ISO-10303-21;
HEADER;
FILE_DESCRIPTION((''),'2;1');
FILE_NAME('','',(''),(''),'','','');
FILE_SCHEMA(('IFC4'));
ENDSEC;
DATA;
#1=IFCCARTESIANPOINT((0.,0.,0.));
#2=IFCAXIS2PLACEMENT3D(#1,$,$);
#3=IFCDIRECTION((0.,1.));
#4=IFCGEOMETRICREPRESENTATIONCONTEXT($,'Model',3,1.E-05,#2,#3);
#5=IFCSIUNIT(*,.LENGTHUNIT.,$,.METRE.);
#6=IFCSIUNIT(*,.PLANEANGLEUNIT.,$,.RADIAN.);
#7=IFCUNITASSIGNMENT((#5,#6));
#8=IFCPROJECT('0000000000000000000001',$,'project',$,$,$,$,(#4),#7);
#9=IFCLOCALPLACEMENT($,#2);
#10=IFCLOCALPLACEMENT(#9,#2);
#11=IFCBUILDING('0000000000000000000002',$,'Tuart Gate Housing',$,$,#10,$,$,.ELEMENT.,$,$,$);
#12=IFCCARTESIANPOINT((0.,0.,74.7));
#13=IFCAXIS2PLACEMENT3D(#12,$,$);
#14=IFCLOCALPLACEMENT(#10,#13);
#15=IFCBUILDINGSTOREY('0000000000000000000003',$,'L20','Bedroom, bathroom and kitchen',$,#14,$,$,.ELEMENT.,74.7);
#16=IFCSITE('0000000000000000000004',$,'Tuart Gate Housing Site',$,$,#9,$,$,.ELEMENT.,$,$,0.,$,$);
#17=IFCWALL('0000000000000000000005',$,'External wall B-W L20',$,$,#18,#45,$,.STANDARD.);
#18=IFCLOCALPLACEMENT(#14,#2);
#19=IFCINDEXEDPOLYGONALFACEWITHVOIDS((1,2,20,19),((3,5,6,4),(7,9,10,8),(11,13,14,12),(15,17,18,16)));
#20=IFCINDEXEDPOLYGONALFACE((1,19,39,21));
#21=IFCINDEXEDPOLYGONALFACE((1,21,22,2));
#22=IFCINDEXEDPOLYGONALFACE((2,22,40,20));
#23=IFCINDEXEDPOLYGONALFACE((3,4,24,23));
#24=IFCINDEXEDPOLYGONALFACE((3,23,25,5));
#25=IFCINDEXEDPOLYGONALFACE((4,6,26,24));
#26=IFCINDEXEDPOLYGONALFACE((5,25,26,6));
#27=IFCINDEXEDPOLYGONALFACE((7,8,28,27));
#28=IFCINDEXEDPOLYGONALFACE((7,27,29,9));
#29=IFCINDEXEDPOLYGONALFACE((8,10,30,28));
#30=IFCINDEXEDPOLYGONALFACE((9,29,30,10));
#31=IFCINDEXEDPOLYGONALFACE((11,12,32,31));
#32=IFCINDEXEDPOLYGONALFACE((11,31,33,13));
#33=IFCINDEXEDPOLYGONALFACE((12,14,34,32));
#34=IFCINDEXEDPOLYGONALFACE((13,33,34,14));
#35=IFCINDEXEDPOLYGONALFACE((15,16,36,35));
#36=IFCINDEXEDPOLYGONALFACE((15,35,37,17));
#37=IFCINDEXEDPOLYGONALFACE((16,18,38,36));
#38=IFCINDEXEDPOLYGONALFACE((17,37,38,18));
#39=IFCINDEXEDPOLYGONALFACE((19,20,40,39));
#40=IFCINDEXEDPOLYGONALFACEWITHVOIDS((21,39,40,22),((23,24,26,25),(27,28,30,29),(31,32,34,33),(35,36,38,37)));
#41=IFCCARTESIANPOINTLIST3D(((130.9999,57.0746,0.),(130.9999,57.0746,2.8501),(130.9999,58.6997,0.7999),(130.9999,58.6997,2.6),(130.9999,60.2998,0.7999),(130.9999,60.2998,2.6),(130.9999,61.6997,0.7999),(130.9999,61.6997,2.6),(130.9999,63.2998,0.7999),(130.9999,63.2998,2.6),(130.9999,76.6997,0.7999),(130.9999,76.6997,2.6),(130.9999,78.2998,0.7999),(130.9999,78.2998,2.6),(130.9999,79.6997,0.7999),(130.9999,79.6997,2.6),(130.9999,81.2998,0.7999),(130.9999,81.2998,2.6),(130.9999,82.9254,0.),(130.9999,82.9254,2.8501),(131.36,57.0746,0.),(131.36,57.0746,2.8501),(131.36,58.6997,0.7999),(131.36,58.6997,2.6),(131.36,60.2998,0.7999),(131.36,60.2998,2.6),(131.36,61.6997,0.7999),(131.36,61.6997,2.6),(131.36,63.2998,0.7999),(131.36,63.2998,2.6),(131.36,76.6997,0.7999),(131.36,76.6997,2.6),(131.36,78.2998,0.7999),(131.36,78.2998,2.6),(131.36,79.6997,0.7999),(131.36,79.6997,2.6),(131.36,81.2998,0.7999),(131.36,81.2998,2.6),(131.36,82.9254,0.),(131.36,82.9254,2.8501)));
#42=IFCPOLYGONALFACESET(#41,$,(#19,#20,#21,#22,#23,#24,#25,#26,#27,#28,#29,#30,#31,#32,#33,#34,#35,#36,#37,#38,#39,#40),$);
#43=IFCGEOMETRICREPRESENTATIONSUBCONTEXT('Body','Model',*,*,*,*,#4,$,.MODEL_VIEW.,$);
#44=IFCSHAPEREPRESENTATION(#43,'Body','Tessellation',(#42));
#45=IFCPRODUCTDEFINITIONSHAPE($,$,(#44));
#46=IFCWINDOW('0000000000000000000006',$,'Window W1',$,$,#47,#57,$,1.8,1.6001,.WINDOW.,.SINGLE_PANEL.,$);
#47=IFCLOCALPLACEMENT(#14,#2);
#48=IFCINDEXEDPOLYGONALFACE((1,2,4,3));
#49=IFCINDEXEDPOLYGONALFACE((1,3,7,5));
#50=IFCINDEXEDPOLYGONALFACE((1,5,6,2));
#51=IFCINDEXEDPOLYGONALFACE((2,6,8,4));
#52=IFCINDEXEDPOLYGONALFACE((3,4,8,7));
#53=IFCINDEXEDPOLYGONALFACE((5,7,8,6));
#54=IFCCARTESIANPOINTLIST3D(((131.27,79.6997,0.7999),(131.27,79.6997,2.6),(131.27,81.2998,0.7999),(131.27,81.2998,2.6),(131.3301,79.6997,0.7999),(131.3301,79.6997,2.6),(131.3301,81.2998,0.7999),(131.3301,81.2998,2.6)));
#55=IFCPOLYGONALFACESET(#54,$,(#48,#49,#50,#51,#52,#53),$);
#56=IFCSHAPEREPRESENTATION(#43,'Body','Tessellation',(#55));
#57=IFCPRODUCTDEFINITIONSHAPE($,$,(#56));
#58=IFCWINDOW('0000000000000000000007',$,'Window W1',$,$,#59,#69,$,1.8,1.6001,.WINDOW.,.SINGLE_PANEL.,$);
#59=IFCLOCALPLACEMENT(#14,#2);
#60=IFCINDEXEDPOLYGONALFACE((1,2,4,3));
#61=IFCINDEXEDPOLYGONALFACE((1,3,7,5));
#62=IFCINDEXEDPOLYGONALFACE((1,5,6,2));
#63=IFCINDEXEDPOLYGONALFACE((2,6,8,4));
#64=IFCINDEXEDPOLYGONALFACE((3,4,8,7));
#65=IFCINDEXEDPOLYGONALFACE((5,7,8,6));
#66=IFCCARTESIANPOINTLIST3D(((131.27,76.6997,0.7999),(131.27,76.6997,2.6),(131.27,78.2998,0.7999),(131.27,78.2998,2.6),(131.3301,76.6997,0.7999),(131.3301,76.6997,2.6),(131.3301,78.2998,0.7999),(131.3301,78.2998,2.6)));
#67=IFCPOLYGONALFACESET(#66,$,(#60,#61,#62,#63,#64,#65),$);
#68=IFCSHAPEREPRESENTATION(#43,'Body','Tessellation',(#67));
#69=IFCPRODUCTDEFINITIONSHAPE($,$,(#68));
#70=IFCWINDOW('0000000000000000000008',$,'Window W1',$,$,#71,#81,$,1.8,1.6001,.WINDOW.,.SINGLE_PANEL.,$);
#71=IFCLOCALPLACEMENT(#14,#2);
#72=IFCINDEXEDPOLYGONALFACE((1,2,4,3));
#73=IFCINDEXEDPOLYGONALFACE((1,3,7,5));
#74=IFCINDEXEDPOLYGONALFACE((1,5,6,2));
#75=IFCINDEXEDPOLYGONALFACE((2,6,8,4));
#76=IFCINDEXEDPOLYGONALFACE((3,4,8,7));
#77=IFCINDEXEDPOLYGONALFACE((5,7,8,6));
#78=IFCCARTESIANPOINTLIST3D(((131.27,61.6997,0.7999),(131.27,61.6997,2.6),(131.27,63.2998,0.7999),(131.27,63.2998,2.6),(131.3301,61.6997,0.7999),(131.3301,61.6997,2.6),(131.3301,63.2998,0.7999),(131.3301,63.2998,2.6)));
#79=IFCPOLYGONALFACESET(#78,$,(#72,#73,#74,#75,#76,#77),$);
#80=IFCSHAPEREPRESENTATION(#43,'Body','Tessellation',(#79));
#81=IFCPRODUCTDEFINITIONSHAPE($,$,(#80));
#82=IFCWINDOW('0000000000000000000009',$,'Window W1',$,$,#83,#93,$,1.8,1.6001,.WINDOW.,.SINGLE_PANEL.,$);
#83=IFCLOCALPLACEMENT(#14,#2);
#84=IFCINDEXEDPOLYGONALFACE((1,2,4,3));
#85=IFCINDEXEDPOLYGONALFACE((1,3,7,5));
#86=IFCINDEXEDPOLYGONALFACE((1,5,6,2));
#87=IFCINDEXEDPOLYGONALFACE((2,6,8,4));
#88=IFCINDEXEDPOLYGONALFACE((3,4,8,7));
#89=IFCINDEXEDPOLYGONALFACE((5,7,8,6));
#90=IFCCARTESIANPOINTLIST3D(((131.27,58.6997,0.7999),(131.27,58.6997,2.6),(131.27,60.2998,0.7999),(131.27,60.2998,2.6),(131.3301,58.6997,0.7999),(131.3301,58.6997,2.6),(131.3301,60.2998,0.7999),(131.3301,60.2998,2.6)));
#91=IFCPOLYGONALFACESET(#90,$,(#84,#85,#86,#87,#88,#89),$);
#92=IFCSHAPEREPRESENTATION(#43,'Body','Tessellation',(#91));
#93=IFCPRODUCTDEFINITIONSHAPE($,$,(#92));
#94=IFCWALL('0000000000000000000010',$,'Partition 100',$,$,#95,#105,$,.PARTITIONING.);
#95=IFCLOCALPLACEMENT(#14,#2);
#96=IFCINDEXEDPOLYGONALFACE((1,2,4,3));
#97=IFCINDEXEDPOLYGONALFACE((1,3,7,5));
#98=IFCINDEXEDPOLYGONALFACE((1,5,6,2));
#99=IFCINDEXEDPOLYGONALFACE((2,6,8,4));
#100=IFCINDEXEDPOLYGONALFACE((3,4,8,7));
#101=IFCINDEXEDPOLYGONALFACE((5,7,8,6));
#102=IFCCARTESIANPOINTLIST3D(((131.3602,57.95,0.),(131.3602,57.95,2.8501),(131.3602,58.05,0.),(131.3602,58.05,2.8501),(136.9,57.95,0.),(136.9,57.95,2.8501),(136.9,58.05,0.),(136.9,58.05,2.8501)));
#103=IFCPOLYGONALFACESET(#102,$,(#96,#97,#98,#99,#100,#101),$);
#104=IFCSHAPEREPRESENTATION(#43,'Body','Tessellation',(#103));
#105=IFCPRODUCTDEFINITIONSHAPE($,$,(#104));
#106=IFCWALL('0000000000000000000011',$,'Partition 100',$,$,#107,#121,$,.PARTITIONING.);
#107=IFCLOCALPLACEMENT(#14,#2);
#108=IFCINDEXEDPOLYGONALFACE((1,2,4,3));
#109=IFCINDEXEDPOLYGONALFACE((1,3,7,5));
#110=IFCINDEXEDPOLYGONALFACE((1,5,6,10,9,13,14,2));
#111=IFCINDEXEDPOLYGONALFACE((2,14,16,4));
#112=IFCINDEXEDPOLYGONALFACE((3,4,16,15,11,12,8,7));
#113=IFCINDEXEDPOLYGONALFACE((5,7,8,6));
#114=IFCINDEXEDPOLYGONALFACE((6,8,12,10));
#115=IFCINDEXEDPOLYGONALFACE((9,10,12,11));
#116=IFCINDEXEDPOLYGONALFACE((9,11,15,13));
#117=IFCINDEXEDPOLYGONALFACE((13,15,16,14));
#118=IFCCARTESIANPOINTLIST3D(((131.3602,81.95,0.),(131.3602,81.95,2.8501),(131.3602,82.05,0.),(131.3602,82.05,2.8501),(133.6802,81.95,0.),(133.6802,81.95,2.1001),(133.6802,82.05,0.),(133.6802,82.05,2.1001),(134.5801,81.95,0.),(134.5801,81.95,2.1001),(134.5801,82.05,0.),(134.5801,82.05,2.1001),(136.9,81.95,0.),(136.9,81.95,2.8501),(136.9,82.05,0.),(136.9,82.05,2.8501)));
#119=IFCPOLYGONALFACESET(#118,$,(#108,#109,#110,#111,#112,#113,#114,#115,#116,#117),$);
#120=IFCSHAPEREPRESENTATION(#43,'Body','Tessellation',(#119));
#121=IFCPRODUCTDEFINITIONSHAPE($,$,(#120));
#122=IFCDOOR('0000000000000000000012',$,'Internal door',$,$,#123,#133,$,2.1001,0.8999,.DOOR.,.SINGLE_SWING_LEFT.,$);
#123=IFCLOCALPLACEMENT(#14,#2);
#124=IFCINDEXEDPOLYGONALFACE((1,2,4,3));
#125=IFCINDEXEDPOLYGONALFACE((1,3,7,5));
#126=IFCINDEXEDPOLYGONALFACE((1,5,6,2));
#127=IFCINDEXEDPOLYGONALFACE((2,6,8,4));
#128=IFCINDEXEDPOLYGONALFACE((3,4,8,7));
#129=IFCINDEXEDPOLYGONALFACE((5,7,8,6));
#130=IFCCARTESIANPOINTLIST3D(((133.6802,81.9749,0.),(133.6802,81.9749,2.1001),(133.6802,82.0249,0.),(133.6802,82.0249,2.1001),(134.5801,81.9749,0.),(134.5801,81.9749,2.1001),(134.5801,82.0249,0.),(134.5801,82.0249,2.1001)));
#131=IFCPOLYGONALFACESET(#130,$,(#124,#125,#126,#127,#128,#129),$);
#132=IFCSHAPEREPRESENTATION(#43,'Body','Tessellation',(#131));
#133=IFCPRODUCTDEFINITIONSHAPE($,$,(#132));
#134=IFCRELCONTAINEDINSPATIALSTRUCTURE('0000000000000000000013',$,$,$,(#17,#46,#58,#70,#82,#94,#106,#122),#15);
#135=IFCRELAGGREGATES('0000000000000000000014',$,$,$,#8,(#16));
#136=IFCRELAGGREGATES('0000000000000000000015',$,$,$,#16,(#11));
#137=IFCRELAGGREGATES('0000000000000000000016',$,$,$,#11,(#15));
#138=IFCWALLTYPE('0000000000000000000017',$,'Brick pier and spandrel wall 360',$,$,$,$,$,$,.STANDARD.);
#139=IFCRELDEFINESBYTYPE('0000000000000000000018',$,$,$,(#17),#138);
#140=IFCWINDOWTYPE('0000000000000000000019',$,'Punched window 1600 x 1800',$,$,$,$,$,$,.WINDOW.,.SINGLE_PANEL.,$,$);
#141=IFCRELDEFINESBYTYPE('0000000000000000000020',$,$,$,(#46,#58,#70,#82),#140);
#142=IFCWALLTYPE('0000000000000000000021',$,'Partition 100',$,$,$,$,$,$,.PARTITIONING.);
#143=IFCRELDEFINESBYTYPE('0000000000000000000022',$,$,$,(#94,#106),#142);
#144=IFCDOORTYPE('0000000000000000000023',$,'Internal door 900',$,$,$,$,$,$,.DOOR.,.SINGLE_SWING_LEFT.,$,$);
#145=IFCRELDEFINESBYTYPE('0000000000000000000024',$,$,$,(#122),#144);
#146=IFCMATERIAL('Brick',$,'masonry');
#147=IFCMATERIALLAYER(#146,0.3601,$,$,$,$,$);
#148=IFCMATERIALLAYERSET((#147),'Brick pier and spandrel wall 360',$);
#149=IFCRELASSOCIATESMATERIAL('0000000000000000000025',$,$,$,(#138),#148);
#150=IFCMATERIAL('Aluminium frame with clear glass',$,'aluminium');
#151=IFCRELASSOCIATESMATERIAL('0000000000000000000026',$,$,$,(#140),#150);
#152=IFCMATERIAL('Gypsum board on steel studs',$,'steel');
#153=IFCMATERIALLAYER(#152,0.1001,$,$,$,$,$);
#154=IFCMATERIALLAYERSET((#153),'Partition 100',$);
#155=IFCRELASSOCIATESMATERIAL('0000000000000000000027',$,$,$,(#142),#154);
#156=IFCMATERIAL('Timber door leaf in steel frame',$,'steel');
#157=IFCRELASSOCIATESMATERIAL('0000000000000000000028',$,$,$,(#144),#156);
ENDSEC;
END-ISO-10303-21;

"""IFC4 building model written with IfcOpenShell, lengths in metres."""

from ifc_helpers import new_model, si_unit, direction, frame, frame_2d, origin, place, context, subcontext, project, spatial, rectangle, extrude, material, layer, layer_set, type_object, element, fill, save


model = new_model("IFC4")

# Units and contexts
model_context = context("Model", 3, precision=1e-05, world=origin(), true_north=direction((0.0, 1.0)))
body_context = subcontext(model_context, "Body", "Model", "MODEL_VIEW")
ifc_project = project(units=[si_unit("LENGTHUNIT", "METRE"), si_unit("PLANEANGLEUNIT", "RADIAN")], contexts=[model_context])

# Site, building, storey
site_placement = place(None, origin())
site = spatial("IfcSite", under=ifc_project, at=site_placement, Name="Tuart Gate Housing Site", CompositionType="ELEMENT", RefElevation=0.0)
building_placement = place(site_placement, origin())
building = spatial("IfcBuilding", under=site, at=building_placement, Name="Tuart Gate Housing", CompositionType="ELEMENT")
storey_placement = place(building_placement, frame((0.0, 0.0, 74.7)))
storey = spatial("IfcBuildingStorey", under=building, at=storey_placement, Name="L20", Description="Bedroom, bathroom and kitchen", CompositionType="ELEMENT", Elevation=74.7)

# Shared definitions
ifc_material_1 = material(Name="Brick", Category="masonry")
ifc_layer_1 = layer(ifc_material_1, 0.3601)
ifc_layer_set_1 = layer_set([ifc_layer_1], Name="Brick pier and spandrel wall 360")
wall_type_1 = type_object("IfcWallType", Name="Brick pier and spandrel wall 360", PredefinedType="STANDARD", material=ifc_layer_set_1)
ifc_material_2 = material(Name="Aluminium frame with clear glass", Category="aluminium")
window_type = type_object("IfcWindowType", Name="Punched window 1600 x 1800", PartitioningType="SINGLE_PANEL", PredefinedType="WINDOW", material=ifc_material_2)

# Wall, openings, windows
wall_1_placement = place(storey_placement, frame((131.1799, 82.9253, 0.0), z_axis=(0.0, 0.0, 1.0), x_axis=(0.0, -1.0, 0.0)))
wall_1 = element("IfcWall", 1, at=wall_1_placement, inside=storey, type_object=wall_type_1, Name="External wall B-W L20", PredefinedType="STANDARD", context=body_context, shape_type="SweptSolid", body=[
    extrude(rectangle(XDim=25.8508, YDim=0.3601, at=frame_2d((12.9253, 0.0))), origin(), (0.0, 0.0, 1.0), 2.8501),
])
opening_1_placement = place(wall_1_placement, frame((1.6255, 0.0, 0.8)))
opening_1 = element("IfcOpeningElement", 2, at=opening_1_placement, cuts=wall_1, PredefinedType="OPENING", context=body_context, shape_type="SweptSolid", body=[
    extrude(rectangle(XDim=1.6001, YDim=1.8, at=frame_2d((0.8, 0.8999))), frame((0.0, 0.1899, 0.0), z_axis=(0.0, -1.0, 0.0), x_axis=(1.0, 0.0, 0.0)), (0.0, 0.0, 1.0), 0.3801),
])
opening_2_placement = place(wall_1_placement, frame((4.6255, 0.0, 0.8)))
opening_2 = element("IfcOpeningElement", 3, at=opening_2_placement, cuts=wall_1, PredefinedType="OPENING", context=body_context, shape_type="SweptSolid", body=[
    extrude(rectangle(XDim=1.6001, YDim=1.8, at=frame_2d((0.8, 0.8999))), frame((0.0, 0.1899, 0.0), z_axis=(0.0, -1.0, 0.0), x_axis=(1.0, 0.0, 0.0)), (0.0, 0.0, 1.0), 0.3801),
])
opening_3_placement = place(wall_1_placement, frame((19.6255, 0.0, 0.8)))
opening_3 = element("IfcOpeningElement", 4, at=opening_3_placement, cuts=wall_1, PredefinedType="OPENING", context=body_context, shape_type="SweptSolid", body=[
    extrude(rectangle(XDim=1.6001, YDim=1.8, at=frame_2d((0.8, 0.8999))), frame((0.0, 0.1899, 0.0), z_axis=(0.0, -1.0, 0.0), x_axis=(1.0, 0.0, 0.0)), (0.0, 0.0, 1.0), 0.3801),
])
opening_4_placement = place(wall_1_placement, frame((22.6255, 0.0, 0.8)))
opening_4 = element("IfcOpeningElement", 5, at=opening_4_placement, cuts=wall_1, PredefinedType="OPENING", context=body_context, shape_type="SweptSolid", body=[
    extrude(rectangle(XDim=1.6001, YDim=1.8, at=frame_2d((0.8, 0.8999))), frame((0.0, 0.1899, 0.0), z_axis=(0.0, -1.0, 0.0), x_axis=(1.0, 0.0, 0.0)), (0.0, 0.0, 1.0), 0.3801),
])
window_1_placement = place(opening_1_placement, origin())
window_1 = element("IfcWindow", 6, at=window_1_placement, inside=storey, type_object=window_type, Name="Window W1", OverallHeight=1.8, OverallWidth=1.6001, PartitioningType="SINGLE_PANEL", PredefinedType="WINDOW", context=body_context, shape_type="SweptSolid", body=[
    extrude(rectangle(XDim=1.6001, YDim=1.8, at=frame_2d((0.8, 0.8999))), frame((0.0, 0.1501, 0.0), z_axis=(0.0, -1.0, 0.0), x_axis=(1.0, 0.0, 0.0)), (0.0, 0.0, 1.0), 0.0601),
])
fill(opening_1, window_1)
window_2_placement = place(opening_2_placement, origin())
window_2 = element("IfcWindow", 7, at=window_2_placement, inside=storey, type_object=window_type, Name="Window W1", OverallHeight=1.8, OverallWidth=1.6001, PartitioningType="SINGLE_PANEL", PredefinedType="WINDOW", context=body_context, shape_type="SweptSolid", body=[
    extrude(rectangle(XDim=1.6001, YDim=1.8, at=frame_2d((0.8, 0.8999))), frame((0.0, 0.1501, 0.0), z_axis=(0.0, -1.0, 0.0), x_axis=(1.0, 0.0, 0.0)), (0.0, 0.0, 1.0), 0.0601),
])
fill(opening_2, window_2)
window_3_placement = place(opening_3_placement, origin())
window_3 = element("IfcWindow", 8, at=window_3_placement, inside=storey, type_object=window_type, Name="Window W1", OverallHeight=1.8, OverallWidth=1.6001, PartitioningType="SINGLE_PANEL", PredefinedType="WINDOW", context=body_context, shape_type="SweptSolid", body=[
    extrude(rectangle(XDim=1.6001, YDim=1.8, at=frame_2d((0.8, 0.8999))), frame((0.0, 0.1501, 0.0), z_axis=(0.0, -1.0, 0.0), x_axis=(1.0, 0.0, 0.0)), (0.0, 0.0, 1.0), 0.0601),
])
fill(opening_3, window_3)
window_4_placement = place(opening_4_placement, origin())
window_4 = element("IfcWindow", 9, at=window_4_placement, inside=storey, type_object=window_type, Name="Window W1", OverallHeight=1.8, OverallWidth=1.6001, PartitioningType="SINGLE_PANEL", PredefinedType="WINDOW", context=body_context, shape_type="SweptSolid", body=[
    extrude(rectangle(XDim=1.6001, YDim=1.8, at=frame_2d((0.8, 0.8999))), frame((0.0, 0.1501, 0.0), z_axis=(0.0, -1.0, 0.0), x_axis=(1.0, 0.0, 0.0)), (0.0, 0.0, 1.0), 0.0601),
])
fill(opening_4, window_4)

# Wall
ifc_material_3 = material(Name="Gypsum board on steel studs", Category="steel")
ifc_layer_2 = layer(ifc_material_3, 0.1001)
ifc_layer_set_2 = layer_set([ifc_layer_2], Name="Partition 100")
wall_type_2 = type_object("IfcWallType", Name="Partition 100", PredefinedType="PARTITIONING", material=ifc_layer_set_2)
wall_2_placement = place(storey_placement, frame((131.3601, 58.0, 0.0), z_axis=(0.0, 0.0, 1.0), x_axis=(1.0, 0.0, 0.0)))
element("IfcWall", 10, at=wall_2_placement, inside=storey, type_object=wall_type_2, Name="Partition 100", PredefinedType="PARTITIONING", context=body_context, shape_type="SweptSolid", body=[
    extrude(rectangle(XDim=5.5398, YDim=0.1001, at=frame_2d((2.77, 0.0))), origin(), (0.0, 0.0, 1.0), 2.8501),
])

# Wall, opening, door
wall_3_placement = place(storey_placement, frame((131.3601, 82.0, 0.0), z_axis=(0.0, 0.0, 1.0), x_axis=(1.0, 0.0, 0.0)))
wall_3 = element("IfcWall", 11, at=wall_3_placement, inside=storey, type_object=wall_type_2, Name="Partition 100", PredefinedType="PARTITIONING", context=body_context, shape_type="SweptSolid", body=[
    extrude(rectangle(XDim=5.5398, YDim=0.1001, at=frame_2d((2.77, 0.0))), origin(), (0.0, 0.0, 1.0), 2.8501),
])
opening_5_placement = place(wall_3_placement, frame((2.3201, 0.0, 0.0)))
opening_5 = element("IfcOpeningElement", 12, at=opening_5_placement, cuts=wall_3, PredefinedType="OPENING", context=body_context, shape_type="SweptSolid", body=[
    extrude(rectangle(XDim=0.8999, YDim=2.1001, at=frame_2d((0.45, 1.05))), frame((0.0, 0.0601, 0.0), z_axis=(0.0, -1.0, 0.0), x_axis=(1.0, 0.0, 0.0)), (0.0, 0.0, 1.0), 0.1201),
])
ifc_material_4 = material(Name="Timber door leaf in steel frame", Category="steel")
door_type = type_object("IfcDoorType", Name="Internal door 900", OperationType="SINGLE_SWING_LEFT", PredefinedType="DOOR", material=ifc_material_4)
door_placement = place(opening_5_placement, origin())
door = element("IfcDoor", 13, at=door_placement, inside=storey, type_object=door_type, Name="Internal door", OperationType="SINGLE_SWING_LEFT", OverallHeight=2.1001, OverallWidth=0.8999, PredefinedType="DOOR", context=body_context, shape_type="SweptSolid", body=[
    extrude(rectangle(XDim=0.8999, YDim=2.1001, at=frame_2d((0.45, 1.05))), frame((0.0, 0.0249, 0.0), z_axis=(0.0, -1.0, 0.0), x_axis=(1.0, 0.0, 0.0)), (0.0, 0.0, 1.0), 0.05),
])
fill(opening_5, door)

save(model, "model.ifc")
